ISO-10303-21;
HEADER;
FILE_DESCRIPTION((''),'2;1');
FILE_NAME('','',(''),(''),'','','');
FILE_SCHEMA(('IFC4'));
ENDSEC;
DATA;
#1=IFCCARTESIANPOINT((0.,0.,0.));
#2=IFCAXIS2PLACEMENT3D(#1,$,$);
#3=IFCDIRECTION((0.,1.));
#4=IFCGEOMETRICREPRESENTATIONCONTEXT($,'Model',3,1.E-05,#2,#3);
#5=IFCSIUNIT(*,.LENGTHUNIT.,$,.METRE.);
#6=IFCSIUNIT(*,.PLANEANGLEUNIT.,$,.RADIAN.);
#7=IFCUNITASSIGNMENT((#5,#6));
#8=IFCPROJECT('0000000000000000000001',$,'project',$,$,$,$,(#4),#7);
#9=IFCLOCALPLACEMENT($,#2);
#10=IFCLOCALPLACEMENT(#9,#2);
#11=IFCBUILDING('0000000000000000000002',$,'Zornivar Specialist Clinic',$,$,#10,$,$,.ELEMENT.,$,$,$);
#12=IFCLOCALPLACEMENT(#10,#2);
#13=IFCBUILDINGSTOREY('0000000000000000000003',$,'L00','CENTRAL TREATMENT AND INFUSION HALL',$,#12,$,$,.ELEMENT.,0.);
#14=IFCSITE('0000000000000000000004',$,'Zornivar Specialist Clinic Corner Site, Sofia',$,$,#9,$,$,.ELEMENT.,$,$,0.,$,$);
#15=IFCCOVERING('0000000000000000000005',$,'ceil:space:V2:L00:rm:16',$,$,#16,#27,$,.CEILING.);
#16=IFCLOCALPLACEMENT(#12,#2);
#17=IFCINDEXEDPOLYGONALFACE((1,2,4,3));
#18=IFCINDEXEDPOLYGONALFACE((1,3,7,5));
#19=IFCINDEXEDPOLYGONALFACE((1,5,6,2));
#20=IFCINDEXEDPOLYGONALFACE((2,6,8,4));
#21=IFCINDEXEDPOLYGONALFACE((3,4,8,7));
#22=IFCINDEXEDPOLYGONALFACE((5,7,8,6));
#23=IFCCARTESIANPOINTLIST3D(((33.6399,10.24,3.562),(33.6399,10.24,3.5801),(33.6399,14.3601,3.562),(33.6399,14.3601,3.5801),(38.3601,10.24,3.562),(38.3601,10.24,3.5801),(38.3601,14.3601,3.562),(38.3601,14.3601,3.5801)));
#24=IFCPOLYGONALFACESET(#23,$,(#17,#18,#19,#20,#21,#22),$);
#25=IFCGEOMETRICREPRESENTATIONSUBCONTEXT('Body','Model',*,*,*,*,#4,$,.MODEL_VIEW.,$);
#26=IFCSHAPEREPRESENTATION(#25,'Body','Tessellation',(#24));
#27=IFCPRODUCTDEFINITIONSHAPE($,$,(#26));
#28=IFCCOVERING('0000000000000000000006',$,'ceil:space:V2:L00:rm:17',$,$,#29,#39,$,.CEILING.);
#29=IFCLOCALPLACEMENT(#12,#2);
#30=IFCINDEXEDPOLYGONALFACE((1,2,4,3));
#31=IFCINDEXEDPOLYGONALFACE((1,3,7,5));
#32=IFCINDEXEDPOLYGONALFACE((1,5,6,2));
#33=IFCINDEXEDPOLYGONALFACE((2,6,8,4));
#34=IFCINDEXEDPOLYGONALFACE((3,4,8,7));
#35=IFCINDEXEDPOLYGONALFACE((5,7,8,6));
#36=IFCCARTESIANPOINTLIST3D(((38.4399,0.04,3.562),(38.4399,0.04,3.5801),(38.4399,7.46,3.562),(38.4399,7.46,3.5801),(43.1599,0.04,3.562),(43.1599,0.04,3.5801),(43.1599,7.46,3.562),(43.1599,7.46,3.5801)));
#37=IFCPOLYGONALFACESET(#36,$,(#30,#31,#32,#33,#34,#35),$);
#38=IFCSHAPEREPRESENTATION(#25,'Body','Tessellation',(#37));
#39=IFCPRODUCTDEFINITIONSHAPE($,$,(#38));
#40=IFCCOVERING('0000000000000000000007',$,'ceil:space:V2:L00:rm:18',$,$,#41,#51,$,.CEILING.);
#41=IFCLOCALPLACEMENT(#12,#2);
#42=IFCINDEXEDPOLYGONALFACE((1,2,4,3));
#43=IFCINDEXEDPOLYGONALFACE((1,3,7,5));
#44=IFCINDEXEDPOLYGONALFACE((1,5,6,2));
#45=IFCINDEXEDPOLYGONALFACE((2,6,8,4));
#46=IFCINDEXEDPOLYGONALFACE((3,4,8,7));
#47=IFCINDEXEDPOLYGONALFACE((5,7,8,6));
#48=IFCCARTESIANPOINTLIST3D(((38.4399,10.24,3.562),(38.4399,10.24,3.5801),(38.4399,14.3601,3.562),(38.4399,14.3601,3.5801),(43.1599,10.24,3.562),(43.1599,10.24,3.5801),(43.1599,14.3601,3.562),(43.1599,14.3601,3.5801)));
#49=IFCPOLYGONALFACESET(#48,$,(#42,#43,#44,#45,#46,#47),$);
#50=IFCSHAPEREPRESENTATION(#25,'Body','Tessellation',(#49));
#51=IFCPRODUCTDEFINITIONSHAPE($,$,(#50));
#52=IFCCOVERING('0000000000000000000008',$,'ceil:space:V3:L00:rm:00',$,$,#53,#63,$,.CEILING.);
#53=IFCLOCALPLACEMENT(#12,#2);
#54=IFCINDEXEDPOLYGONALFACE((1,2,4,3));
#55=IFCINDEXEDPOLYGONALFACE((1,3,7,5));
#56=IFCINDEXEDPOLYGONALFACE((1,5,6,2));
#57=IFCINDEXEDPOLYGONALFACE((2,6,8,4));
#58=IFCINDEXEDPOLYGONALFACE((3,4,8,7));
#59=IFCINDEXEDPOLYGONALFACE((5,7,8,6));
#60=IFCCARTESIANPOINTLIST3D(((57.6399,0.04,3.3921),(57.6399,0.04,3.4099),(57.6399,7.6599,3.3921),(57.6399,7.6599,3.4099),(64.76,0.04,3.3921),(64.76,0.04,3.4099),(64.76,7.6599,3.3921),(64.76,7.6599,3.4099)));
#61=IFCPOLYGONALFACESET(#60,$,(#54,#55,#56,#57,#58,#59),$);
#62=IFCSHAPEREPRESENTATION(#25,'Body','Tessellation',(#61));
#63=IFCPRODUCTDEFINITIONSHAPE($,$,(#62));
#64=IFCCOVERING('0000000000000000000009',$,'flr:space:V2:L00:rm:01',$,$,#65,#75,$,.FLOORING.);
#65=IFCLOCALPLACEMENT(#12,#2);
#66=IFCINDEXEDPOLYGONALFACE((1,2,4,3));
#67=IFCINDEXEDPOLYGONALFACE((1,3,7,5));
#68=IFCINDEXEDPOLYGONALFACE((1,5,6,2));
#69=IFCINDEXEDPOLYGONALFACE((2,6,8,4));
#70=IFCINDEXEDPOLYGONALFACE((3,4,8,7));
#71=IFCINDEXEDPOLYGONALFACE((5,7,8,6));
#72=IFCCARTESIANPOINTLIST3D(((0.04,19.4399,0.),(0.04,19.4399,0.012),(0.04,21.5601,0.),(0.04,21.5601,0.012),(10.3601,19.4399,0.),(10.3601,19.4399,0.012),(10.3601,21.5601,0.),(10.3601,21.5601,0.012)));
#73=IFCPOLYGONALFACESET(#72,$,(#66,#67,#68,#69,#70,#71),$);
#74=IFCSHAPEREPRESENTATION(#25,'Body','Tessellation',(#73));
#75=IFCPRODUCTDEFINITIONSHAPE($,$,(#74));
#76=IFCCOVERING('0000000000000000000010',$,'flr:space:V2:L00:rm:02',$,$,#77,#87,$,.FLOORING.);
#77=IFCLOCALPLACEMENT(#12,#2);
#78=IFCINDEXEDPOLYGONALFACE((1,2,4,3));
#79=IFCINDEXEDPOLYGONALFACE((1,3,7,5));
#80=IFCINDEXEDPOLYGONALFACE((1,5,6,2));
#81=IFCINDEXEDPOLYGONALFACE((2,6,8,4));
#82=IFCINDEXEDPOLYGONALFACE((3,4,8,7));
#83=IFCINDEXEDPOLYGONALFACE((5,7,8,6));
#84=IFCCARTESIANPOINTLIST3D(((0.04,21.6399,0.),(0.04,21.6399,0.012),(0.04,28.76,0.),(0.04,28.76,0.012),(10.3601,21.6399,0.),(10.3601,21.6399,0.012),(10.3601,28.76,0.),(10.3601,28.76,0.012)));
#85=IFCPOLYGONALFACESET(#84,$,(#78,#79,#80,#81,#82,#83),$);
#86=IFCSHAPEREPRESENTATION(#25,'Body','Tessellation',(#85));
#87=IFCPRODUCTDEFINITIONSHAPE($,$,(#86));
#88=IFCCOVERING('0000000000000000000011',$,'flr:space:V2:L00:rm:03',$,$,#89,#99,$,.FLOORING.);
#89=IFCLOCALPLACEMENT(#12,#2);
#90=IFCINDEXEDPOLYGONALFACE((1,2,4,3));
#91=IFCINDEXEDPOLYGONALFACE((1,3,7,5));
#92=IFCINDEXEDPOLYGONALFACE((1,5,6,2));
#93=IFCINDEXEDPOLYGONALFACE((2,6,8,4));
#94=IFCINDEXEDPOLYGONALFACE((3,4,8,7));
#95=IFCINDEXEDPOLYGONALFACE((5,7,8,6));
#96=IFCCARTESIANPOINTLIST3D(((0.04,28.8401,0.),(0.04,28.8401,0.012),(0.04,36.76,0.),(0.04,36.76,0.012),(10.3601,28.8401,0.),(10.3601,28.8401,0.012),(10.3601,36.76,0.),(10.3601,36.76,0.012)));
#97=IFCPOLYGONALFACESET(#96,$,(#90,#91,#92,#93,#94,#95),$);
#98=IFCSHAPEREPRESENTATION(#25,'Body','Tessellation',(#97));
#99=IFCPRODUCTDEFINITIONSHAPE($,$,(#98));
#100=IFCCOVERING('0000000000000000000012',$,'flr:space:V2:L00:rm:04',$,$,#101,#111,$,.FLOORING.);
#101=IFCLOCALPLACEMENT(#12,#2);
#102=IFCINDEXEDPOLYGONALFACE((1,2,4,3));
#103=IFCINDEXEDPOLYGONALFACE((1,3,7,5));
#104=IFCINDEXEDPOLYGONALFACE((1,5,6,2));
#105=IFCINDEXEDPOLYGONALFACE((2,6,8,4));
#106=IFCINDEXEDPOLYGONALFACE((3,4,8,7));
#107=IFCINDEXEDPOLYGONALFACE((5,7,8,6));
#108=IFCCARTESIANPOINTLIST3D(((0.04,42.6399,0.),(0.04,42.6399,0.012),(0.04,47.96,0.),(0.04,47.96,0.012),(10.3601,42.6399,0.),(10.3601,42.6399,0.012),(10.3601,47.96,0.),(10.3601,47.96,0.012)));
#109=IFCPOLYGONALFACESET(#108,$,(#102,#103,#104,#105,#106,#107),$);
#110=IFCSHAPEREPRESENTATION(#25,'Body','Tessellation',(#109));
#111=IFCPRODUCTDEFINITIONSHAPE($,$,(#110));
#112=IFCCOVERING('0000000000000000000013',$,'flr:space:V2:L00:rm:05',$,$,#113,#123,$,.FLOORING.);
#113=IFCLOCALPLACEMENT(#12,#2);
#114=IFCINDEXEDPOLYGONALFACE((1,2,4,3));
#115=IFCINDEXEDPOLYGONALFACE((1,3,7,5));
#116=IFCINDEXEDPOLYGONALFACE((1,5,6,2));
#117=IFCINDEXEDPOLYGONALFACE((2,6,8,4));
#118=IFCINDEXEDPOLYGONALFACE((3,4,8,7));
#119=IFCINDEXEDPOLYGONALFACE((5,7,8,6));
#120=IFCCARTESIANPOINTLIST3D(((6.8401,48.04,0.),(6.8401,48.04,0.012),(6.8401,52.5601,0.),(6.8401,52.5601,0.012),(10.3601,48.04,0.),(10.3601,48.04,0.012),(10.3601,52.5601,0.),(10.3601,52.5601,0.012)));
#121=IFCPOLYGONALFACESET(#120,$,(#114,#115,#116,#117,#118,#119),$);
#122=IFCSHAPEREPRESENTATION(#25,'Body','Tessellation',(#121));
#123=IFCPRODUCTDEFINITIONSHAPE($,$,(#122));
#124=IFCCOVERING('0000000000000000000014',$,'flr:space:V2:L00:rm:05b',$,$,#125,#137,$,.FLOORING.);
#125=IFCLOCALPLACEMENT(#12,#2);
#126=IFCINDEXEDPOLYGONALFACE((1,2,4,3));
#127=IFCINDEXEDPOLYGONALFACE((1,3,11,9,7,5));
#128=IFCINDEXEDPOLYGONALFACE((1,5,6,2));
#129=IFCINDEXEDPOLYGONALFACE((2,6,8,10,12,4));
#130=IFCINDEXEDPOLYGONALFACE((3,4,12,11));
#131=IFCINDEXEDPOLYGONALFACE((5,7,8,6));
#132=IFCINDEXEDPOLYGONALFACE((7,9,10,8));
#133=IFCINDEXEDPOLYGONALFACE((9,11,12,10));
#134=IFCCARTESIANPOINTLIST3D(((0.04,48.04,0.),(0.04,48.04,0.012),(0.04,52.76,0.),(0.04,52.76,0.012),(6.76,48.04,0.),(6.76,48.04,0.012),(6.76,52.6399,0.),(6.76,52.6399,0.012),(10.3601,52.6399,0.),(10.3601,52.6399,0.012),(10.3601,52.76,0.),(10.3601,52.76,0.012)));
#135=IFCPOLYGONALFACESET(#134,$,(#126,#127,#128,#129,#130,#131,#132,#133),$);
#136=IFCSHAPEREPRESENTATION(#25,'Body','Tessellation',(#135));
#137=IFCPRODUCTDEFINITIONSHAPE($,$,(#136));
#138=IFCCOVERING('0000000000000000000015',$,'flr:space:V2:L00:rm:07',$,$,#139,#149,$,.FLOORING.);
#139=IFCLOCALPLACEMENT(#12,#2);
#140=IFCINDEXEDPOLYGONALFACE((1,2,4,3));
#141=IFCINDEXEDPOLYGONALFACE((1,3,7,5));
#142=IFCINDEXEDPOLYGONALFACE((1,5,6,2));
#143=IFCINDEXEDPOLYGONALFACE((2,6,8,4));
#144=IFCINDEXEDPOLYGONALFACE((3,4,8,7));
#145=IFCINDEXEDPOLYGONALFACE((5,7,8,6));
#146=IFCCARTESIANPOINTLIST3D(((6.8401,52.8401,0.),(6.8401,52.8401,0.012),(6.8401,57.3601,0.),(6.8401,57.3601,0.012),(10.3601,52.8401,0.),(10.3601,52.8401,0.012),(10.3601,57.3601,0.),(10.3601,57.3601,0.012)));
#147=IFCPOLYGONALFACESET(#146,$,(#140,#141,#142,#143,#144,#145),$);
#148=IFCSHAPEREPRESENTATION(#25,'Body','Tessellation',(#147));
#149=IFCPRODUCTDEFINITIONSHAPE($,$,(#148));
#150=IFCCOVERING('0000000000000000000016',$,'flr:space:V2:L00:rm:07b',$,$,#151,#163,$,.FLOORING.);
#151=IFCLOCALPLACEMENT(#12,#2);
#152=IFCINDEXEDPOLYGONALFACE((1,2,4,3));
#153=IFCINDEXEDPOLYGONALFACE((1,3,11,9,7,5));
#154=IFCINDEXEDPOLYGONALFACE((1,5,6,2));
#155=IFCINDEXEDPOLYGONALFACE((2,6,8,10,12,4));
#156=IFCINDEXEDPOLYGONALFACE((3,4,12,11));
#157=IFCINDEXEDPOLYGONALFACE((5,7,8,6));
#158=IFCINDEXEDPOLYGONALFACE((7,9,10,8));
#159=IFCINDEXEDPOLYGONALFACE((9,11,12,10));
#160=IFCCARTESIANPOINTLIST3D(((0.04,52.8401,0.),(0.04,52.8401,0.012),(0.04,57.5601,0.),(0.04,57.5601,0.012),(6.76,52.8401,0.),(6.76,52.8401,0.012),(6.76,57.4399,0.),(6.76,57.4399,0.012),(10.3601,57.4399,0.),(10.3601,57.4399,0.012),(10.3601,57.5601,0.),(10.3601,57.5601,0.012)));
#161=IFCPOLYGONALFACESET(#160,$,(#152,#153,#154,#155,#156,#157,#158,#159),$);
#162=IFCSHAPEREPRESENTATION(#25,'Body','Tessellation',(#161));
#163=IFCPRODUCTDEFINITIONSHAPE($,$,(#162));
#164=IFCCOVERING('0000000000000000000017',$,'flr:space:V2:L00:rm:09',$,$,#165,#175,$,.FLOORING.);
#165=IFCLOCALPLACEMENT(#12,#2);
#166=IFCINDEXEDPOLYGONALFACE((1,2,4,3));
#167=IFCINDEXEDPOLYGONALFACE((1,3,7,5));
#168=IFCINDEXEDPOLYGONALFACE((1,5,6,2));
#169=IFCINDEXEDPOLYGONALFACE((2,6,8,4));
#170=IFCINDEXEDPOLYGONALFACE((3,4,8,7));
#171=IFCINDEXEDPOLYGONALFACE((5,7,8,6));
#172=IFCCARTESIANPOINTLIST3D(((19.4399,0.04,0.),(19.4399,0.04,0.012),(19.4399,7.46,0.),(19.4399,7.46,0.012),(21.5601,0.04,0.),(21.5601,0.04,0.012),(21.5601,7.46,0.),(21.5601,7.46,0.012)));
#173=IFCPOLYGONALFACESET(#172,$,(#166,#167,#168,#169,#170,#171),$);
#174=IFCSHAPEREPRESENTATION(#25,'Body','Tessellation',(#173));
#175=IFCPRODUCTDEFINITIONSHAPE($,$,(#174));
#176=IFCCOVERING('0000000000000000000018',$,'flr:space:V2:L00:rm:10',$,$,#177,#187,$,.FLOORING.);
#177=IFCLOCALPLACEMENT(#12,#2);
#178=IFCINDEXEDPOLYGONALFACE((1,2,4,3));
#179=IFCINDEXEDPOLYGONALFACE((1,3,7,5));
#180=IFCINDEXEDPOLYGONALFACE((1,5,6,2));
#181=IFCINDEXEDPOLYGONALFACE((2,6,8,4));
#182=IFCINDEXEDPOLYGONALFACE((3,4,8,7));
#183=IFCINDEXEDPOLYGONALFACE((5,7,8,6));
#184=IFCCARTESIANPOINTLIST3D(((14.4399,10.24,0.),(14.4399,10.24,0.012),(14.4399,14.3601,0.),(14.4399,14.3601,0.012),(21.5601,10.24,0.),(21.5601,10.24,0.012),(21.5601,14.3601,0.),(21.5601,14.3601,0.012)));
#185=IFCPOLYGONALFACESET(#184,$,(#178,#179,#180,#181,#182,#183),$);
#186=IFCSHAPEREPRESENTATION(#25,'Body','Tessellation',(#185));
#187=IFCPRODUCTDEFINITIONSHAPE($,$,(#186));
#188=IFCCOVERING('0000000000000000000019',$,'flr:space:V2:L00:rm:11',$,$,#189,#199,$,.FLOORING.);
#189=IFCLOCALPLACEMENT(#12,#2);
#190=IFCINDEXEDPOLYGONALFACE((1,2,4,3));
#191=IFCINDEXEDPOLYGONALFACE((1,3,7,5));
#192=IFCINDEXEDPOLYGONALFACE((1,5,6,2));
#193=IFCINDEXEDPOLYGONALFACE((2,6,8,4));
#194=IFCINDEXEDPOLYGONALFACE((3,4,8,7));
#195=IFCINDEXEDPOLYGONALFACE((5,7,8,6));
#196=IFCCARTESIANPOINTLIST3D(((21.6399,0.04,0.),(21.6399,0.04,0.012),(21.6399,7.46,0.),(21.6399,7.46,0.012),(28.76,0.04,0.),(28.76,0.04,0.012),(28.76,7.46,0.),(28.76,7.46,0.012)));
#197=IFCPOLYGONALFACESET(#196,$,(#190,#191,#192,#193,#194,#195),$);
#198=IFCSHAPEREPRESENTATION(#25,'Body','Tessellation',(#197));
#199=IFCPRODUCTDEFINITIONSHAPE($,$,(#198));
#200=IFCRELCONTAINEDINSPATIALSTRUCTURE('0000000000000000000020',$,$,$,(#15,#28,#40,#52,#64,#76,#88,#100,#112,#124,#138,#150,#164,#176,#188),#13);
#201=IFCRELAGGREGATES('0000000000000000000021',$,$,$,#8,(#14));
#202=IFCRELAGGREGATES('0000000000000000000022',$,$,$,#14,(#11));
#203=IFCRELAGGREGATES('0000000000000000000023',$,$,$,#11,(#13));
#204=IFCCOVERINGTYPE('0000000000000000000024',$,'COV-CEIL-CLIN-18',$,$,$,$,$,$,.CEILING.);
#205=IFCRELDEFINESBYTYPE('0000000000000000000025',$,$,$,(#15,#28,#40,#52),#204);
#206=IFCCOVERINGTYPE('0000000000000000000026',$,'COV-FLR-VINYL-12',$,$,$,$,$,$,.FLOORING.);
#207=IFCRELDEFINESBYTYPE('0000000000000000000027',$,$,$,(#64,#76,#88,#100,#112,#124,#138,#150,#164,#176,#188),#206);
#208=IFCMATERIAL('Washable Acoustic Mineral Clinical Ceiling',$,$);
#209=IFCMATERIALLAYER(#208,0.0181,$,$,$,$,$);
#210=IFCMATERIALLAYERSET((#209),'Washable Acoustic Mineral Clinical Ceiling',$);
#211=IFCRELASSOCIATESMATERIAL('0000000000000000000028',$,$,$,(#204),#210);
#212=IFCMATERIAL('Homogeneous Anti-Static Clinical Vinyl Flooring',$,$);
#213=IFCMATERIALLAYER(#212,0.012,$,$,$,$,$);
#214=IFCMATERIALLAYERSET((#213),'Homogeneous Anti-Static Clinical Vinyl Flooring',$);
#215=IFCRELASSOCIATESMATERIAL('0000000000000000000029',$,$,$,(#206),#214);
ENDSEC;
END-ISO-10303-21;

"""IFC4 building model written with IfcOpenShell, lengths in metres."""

from ifc_helpers import new_model, si_unit, direction, frame, origin, place, context, subcontext, project, spatial, polyline, outline, extrude, material, layer, layer_set, type_object, element, save


model = new_model("IFC4")

# Units and contexts
model_context = context("Model", 3, precision=1e-05, world=origin(), true_north=direction((0.0, 1.0)))
body_context = subcontext(model_context, "Body", "Model", "MODEL_VIEW")
ifc_project = project(units=[si_unit("LENGTHUNIT", "METRE"), si_unit("PLANEANGLEUNIT", "RADIAN")], contexts=[model_context])

# Site, building, storey
site_placement = place(None, origin())
site = spatial("IfcSite", under=ifc_project, at=site_placement, Name="Zornivar Specialist Clinic Corner Site, Sofia", CompositionType="ELEMENT", RefElevation=0.0)
building_placement = place(site_placement, origin())
building = spatial("IfcBuilding", under=site, at=building_placement, Name="Zornivar Specialist Clinic", CompositionType="ELEMENT")
storey_placement = place(building_placement, origin())
storey = spatial("IfcBuildingStorey", under=building, at=storey_placement, Name="L00", Description="CENTRAL TREATMENT AND INFUSION HALL", CompositionType="ELEMENT", Elevation=0.0)

# Coverings
ifc_material_1 = material(Name="Washable Acoustic Mineral Clinical Ceiling")
ifc_layer_1 = layer(ifc_material_1, 0.0181)
ifc_layer_set_1 = layer_set([ifc_layer_1], Name="Washable Acoustic Mineral Clinical Ceiling")
covering_type_1 = type_object("IfcCoveringType", Name="COV-CEIL-CLIN-18", PredefinedType="CEILING", material=ifc_layer_set_1)
covering_1_placement = place(storey_placement, frame((0.0, 0.0, 3.562)))
element("IfcCovering", 1, at=covering_1_placement, inside=storey, type_object=covering_type_1, Name="ceil:space:V2:L00:rm:16", PredefinedType="CEILING", context=body_context, shape_type="SweptSolid", body=[
    extrude(outline(polyline([(38.3601, 10.24), (33.6399, 10.24), (33.6399, 14.3601), (38.3601, 14.3601), (38.3601, 10.24)])), origin(), (0.0, 0.0, 1.0), 0.0181),
])
covering_2_placement = place(storey_placement, frame((0.0, 0.0, 3.562)))
element("IfcCovering", 2, at=covering_2_placement, inside=storey, type_object=covering_type_1, Name="ceil:space:V2:L00:rm:17", PredefinedType="CEILING", context=body_context, shape_type="SweptSolid", body=[
    extrude(outline(polyline([(43.1599, 0.04), (38.4399, 0.04), (38.4399, 7.46), (43.1599, 7.46), (43.1599, 0.04)])), origin(), (0.0, 0.0, 1.0), 0.0181),
])
covering_3_placement = place(storey_placement, frame((0.0, 0.0, 3.562)))
element("IfcCovering", 3, at=covering_3_placement, inside=storey, type_object=covering_type_1, Name="ceil:space:V2:L00:rm:18", PredefinedType="CEILING", context=body_context, shape_type="SweptSolid", body=[
    extrude(outline(polyline([(43.1599, 10.24), (38.4399, 10.24), (38.4399, 14.3601), (43.1599, 14.3601), (43.1599, 10.24)])), origin(), (0.0, 0.0, 1.0), 0.0181),
])
covering_4_placement = place(storey_placement, frame((0.0, 0.0, 3.3921)))
element("IfcCovering", 4, at=covering_4_placement, inside=storey, type_object=covering_type_1, Name="ceil:space:V3:L00:rm:00", PredefinedType="CEILING", context=body_context, shape_type="SweptSolid", body=[
    extrude(outline(polyline([(64.76, 7.6599), (64.76, 0.04), (57.6399, 0.04), (57.6399, 7.6599), (64.76, 7.6599)])), origin(), (0.0, 0.0, 1.0), 0.0178),
])
ifc_material_2 = material(Name="Homogeneous Anti-Static Clinical Vinyl Flooring")
ifc_layer_2 = layer(ifc_material_2, 0.012)
ifc_layer_set_2 = layer_set([ifc_layer_2], Name="Homogeneous Anti-Static Clinical Vinyl Flooring")
covering_type_2 = type_object("IfcCoveringType", Name="COV-FLR-VINYL-12", PredefinedType="FLOORING", material=ifc_layer_set_2)
covering_5_placement = place(storey_placement, origin())
element("IfcCovering", 5, at=covering_5_placement, inside=storey, type_object=covering_type_2, Name="flr:space:V2:L00:rm:01", PredefinedType="FLOORING", context=body_context, shape_type="SweptSolid", body=[
    extrude(outline(polyline([(0.04, 19.4399), (0.04, 21.5601), (10.3601, 21.5601), (10.3601, 19.4399), (0.04, 19.4399)])), origin(), (0.0, 0.0, 1.0), 0.012),
])
covering_6_placement = place(storey_placement, origin())
element("IfcCovering", 6, at=covering_6_placement, inside=storey, type_object=covering_type_2, Name="flr:space:V2:L00:rm:02", PredefinedType="FLOORING", context=body_context, shape_type="SweptSolid", body=[
    extrude(outline(polyline([(0.04, 21.6399), (0.04, 28.76), (10.3601, 28.76), (10.3601, 21.6399), (0.04, 21.6399)])), origin(), (0.0, 0.0, 1.0), 0.012),
])
covering_7_placement = place(storey_placement, origin())
element("IfcCovering", 7, at=covering_7_placement, inside=storey, type_object=covering_type_2, Name="flr:space:V2:L00:rm:03", PredefinedType="FLOORING", context=body_context, shape_type="SweptSolid", body=[
    extrude(outline(polyline([(10.3601, 28.8401), (0.04, 28.8401), (0.04, 36.76), (10.3601, 36.76), (10.3601, 28.8401)])), origin(), (0.0, 0.0, 1.0), 0.012),
])
covering_8_placement = place(storey_placement, origin())
element("IfcCovering", 8, at=covering_8_placement, inside=storey, type_object=covering_type_2, Name="flr:space:V2:L00:rm:04", PredefinedType="FLOORING", context=body_context, shape_type="SweptSolid", body=[
    extrude(outline(polyline([(10.3601, 47.96), (10.3601, 42.6399), (0.04, 42.6399), (0.04, 47.96), (10.3601, 47.96)])), origin(), (0.0, 0.0, 1.0), 0.012),
])
covering_9_placement = place(storey_placement, origin())
element("IfcCovering", 9, at=covering_9_placement, inside=storey, type_object=covering_type_2, Name="flr:space:V2:L00:rm:05", PredefinedType="FLOORING", context=body_context, shape_type="SweptSolid", body=[
    extrude(outline(polyline([(6.8401, 48.04), (6.8401, 52.5601), (10.3601, 52.5601), (10.3601, 48.04), (6.8401, 48.04)])), origin(), (0.0, 0.0, 1.0), 0.012),
])
covering_10_placement = place(storey_placement, origin())
element("IfcCovering", 10, at=covering_10_placement, inside=storey, type_object=covering_type_2, Name="flr:space:V2:L00:rm:05b", PredefinedType="FLOORING", context=body_context, shape_type="SweptSolid", body=[
    extrude(outline(polyline([(10.3601, 52.6399), (6.76, 52.6399), (6.76, 48.04), (0.04, 48.04), (0.04, 52.76), (10.3601, 52.76), (10.3601, 52.6399)])), origin(), (0.0, 0.0, 1.0), 0.012),
])
covering_11_placement = place(storey_placement, origin())
element("IfcCovering", 11, at=covering_11_placement, inside=storey, type_object=covering_type_2, Name="flr:space:V2:L00:rm:07", PredefinedType="FLOORING", context=body_context, shape_type="SweptSolid", body=[
    extrude(outline(polyline([(6.8401, 52.8401), (6.8401, 57.3601), (10.3601, 57.3601), (10.3601, 52.8401), (6.8401, 52.8401)])), origin(), (0.0, 0.0, 1.0), 0.012),
])
covering_12_placement = place(storey_placement, origin())
element("IfcCovering", 12, at=covering_12_placement, inside=storey, type_object=covering_type_2, Name="flr:space:V2:L00:rm:07b", PredefinedType="FLOORING", context=body_context, shape_type="SweptSolid", body=[
    extrude(outline(polyline([(10.3601, 57.4399), (6.76, 57.4399), (6.76, 52.8401), (0.04, 52.8401), (0.04, 57.5601), (10.3601, 57.5601), (10.3601, 57.4399)])), origin(), (0.0, 0.0, 1.0), 0.012),
])
covering_13_placement = place(storey_placement, origin())
element("IfcCovering", 13, at=covering_13_placement, inside=storey, type_object=covering_type_2, Name="flr:space:V2:L00:rm:09", PredefinedType="FLOORING", context=body_context, shape_type="SweptSolid", body=[
    extrude(outline(polyline([(21.5601, 7.46), (21.5601, 0.04), (19.4399, 0.04), (19.4399, 7.46), (21.5601, 7.46)])), origin(), (0.0, 0.0, 1.0), 0.012),
])
covering_14_placement = place(storey_placement, origin())
element("IfcCovering", 14, at=covering_14_placement, inside=storey, type_object=covering_type_2, Name="flr:space:V2:L00:rm:10", PredefinedType="FLOORING", context=body_context, shape_type="SweptSolid", body=[
    extrude(outline(polyline([(21.5601, 10.24), (14.4399, 10.24), (14.4399, 14.3601), (21.5601, 14.3601), (21.5601, 10.24)])), origin(), (0.0, 0.0, 1.0), 0.012),
])
covering_15_placement = place(storey_placement, origin())
element("IfcCovering", 15, at=covering_15_placement, inside=storey, type_object=covering_type_2, Name="flr:space:V2:L00:rm:11", PredefinedType="FLOORING", context=body_context, shape_type="SweptSolid", body=[
    extrude(outline(polyline([(28.76, 0.04), (21.6399, 0.04), (21.6399, 7.46), (28.76, 7.46), (28.76, 0.04)])), origin(), (0.0, 0.0, 1.0), 0.012),
])

save(model, "model.ifc")
